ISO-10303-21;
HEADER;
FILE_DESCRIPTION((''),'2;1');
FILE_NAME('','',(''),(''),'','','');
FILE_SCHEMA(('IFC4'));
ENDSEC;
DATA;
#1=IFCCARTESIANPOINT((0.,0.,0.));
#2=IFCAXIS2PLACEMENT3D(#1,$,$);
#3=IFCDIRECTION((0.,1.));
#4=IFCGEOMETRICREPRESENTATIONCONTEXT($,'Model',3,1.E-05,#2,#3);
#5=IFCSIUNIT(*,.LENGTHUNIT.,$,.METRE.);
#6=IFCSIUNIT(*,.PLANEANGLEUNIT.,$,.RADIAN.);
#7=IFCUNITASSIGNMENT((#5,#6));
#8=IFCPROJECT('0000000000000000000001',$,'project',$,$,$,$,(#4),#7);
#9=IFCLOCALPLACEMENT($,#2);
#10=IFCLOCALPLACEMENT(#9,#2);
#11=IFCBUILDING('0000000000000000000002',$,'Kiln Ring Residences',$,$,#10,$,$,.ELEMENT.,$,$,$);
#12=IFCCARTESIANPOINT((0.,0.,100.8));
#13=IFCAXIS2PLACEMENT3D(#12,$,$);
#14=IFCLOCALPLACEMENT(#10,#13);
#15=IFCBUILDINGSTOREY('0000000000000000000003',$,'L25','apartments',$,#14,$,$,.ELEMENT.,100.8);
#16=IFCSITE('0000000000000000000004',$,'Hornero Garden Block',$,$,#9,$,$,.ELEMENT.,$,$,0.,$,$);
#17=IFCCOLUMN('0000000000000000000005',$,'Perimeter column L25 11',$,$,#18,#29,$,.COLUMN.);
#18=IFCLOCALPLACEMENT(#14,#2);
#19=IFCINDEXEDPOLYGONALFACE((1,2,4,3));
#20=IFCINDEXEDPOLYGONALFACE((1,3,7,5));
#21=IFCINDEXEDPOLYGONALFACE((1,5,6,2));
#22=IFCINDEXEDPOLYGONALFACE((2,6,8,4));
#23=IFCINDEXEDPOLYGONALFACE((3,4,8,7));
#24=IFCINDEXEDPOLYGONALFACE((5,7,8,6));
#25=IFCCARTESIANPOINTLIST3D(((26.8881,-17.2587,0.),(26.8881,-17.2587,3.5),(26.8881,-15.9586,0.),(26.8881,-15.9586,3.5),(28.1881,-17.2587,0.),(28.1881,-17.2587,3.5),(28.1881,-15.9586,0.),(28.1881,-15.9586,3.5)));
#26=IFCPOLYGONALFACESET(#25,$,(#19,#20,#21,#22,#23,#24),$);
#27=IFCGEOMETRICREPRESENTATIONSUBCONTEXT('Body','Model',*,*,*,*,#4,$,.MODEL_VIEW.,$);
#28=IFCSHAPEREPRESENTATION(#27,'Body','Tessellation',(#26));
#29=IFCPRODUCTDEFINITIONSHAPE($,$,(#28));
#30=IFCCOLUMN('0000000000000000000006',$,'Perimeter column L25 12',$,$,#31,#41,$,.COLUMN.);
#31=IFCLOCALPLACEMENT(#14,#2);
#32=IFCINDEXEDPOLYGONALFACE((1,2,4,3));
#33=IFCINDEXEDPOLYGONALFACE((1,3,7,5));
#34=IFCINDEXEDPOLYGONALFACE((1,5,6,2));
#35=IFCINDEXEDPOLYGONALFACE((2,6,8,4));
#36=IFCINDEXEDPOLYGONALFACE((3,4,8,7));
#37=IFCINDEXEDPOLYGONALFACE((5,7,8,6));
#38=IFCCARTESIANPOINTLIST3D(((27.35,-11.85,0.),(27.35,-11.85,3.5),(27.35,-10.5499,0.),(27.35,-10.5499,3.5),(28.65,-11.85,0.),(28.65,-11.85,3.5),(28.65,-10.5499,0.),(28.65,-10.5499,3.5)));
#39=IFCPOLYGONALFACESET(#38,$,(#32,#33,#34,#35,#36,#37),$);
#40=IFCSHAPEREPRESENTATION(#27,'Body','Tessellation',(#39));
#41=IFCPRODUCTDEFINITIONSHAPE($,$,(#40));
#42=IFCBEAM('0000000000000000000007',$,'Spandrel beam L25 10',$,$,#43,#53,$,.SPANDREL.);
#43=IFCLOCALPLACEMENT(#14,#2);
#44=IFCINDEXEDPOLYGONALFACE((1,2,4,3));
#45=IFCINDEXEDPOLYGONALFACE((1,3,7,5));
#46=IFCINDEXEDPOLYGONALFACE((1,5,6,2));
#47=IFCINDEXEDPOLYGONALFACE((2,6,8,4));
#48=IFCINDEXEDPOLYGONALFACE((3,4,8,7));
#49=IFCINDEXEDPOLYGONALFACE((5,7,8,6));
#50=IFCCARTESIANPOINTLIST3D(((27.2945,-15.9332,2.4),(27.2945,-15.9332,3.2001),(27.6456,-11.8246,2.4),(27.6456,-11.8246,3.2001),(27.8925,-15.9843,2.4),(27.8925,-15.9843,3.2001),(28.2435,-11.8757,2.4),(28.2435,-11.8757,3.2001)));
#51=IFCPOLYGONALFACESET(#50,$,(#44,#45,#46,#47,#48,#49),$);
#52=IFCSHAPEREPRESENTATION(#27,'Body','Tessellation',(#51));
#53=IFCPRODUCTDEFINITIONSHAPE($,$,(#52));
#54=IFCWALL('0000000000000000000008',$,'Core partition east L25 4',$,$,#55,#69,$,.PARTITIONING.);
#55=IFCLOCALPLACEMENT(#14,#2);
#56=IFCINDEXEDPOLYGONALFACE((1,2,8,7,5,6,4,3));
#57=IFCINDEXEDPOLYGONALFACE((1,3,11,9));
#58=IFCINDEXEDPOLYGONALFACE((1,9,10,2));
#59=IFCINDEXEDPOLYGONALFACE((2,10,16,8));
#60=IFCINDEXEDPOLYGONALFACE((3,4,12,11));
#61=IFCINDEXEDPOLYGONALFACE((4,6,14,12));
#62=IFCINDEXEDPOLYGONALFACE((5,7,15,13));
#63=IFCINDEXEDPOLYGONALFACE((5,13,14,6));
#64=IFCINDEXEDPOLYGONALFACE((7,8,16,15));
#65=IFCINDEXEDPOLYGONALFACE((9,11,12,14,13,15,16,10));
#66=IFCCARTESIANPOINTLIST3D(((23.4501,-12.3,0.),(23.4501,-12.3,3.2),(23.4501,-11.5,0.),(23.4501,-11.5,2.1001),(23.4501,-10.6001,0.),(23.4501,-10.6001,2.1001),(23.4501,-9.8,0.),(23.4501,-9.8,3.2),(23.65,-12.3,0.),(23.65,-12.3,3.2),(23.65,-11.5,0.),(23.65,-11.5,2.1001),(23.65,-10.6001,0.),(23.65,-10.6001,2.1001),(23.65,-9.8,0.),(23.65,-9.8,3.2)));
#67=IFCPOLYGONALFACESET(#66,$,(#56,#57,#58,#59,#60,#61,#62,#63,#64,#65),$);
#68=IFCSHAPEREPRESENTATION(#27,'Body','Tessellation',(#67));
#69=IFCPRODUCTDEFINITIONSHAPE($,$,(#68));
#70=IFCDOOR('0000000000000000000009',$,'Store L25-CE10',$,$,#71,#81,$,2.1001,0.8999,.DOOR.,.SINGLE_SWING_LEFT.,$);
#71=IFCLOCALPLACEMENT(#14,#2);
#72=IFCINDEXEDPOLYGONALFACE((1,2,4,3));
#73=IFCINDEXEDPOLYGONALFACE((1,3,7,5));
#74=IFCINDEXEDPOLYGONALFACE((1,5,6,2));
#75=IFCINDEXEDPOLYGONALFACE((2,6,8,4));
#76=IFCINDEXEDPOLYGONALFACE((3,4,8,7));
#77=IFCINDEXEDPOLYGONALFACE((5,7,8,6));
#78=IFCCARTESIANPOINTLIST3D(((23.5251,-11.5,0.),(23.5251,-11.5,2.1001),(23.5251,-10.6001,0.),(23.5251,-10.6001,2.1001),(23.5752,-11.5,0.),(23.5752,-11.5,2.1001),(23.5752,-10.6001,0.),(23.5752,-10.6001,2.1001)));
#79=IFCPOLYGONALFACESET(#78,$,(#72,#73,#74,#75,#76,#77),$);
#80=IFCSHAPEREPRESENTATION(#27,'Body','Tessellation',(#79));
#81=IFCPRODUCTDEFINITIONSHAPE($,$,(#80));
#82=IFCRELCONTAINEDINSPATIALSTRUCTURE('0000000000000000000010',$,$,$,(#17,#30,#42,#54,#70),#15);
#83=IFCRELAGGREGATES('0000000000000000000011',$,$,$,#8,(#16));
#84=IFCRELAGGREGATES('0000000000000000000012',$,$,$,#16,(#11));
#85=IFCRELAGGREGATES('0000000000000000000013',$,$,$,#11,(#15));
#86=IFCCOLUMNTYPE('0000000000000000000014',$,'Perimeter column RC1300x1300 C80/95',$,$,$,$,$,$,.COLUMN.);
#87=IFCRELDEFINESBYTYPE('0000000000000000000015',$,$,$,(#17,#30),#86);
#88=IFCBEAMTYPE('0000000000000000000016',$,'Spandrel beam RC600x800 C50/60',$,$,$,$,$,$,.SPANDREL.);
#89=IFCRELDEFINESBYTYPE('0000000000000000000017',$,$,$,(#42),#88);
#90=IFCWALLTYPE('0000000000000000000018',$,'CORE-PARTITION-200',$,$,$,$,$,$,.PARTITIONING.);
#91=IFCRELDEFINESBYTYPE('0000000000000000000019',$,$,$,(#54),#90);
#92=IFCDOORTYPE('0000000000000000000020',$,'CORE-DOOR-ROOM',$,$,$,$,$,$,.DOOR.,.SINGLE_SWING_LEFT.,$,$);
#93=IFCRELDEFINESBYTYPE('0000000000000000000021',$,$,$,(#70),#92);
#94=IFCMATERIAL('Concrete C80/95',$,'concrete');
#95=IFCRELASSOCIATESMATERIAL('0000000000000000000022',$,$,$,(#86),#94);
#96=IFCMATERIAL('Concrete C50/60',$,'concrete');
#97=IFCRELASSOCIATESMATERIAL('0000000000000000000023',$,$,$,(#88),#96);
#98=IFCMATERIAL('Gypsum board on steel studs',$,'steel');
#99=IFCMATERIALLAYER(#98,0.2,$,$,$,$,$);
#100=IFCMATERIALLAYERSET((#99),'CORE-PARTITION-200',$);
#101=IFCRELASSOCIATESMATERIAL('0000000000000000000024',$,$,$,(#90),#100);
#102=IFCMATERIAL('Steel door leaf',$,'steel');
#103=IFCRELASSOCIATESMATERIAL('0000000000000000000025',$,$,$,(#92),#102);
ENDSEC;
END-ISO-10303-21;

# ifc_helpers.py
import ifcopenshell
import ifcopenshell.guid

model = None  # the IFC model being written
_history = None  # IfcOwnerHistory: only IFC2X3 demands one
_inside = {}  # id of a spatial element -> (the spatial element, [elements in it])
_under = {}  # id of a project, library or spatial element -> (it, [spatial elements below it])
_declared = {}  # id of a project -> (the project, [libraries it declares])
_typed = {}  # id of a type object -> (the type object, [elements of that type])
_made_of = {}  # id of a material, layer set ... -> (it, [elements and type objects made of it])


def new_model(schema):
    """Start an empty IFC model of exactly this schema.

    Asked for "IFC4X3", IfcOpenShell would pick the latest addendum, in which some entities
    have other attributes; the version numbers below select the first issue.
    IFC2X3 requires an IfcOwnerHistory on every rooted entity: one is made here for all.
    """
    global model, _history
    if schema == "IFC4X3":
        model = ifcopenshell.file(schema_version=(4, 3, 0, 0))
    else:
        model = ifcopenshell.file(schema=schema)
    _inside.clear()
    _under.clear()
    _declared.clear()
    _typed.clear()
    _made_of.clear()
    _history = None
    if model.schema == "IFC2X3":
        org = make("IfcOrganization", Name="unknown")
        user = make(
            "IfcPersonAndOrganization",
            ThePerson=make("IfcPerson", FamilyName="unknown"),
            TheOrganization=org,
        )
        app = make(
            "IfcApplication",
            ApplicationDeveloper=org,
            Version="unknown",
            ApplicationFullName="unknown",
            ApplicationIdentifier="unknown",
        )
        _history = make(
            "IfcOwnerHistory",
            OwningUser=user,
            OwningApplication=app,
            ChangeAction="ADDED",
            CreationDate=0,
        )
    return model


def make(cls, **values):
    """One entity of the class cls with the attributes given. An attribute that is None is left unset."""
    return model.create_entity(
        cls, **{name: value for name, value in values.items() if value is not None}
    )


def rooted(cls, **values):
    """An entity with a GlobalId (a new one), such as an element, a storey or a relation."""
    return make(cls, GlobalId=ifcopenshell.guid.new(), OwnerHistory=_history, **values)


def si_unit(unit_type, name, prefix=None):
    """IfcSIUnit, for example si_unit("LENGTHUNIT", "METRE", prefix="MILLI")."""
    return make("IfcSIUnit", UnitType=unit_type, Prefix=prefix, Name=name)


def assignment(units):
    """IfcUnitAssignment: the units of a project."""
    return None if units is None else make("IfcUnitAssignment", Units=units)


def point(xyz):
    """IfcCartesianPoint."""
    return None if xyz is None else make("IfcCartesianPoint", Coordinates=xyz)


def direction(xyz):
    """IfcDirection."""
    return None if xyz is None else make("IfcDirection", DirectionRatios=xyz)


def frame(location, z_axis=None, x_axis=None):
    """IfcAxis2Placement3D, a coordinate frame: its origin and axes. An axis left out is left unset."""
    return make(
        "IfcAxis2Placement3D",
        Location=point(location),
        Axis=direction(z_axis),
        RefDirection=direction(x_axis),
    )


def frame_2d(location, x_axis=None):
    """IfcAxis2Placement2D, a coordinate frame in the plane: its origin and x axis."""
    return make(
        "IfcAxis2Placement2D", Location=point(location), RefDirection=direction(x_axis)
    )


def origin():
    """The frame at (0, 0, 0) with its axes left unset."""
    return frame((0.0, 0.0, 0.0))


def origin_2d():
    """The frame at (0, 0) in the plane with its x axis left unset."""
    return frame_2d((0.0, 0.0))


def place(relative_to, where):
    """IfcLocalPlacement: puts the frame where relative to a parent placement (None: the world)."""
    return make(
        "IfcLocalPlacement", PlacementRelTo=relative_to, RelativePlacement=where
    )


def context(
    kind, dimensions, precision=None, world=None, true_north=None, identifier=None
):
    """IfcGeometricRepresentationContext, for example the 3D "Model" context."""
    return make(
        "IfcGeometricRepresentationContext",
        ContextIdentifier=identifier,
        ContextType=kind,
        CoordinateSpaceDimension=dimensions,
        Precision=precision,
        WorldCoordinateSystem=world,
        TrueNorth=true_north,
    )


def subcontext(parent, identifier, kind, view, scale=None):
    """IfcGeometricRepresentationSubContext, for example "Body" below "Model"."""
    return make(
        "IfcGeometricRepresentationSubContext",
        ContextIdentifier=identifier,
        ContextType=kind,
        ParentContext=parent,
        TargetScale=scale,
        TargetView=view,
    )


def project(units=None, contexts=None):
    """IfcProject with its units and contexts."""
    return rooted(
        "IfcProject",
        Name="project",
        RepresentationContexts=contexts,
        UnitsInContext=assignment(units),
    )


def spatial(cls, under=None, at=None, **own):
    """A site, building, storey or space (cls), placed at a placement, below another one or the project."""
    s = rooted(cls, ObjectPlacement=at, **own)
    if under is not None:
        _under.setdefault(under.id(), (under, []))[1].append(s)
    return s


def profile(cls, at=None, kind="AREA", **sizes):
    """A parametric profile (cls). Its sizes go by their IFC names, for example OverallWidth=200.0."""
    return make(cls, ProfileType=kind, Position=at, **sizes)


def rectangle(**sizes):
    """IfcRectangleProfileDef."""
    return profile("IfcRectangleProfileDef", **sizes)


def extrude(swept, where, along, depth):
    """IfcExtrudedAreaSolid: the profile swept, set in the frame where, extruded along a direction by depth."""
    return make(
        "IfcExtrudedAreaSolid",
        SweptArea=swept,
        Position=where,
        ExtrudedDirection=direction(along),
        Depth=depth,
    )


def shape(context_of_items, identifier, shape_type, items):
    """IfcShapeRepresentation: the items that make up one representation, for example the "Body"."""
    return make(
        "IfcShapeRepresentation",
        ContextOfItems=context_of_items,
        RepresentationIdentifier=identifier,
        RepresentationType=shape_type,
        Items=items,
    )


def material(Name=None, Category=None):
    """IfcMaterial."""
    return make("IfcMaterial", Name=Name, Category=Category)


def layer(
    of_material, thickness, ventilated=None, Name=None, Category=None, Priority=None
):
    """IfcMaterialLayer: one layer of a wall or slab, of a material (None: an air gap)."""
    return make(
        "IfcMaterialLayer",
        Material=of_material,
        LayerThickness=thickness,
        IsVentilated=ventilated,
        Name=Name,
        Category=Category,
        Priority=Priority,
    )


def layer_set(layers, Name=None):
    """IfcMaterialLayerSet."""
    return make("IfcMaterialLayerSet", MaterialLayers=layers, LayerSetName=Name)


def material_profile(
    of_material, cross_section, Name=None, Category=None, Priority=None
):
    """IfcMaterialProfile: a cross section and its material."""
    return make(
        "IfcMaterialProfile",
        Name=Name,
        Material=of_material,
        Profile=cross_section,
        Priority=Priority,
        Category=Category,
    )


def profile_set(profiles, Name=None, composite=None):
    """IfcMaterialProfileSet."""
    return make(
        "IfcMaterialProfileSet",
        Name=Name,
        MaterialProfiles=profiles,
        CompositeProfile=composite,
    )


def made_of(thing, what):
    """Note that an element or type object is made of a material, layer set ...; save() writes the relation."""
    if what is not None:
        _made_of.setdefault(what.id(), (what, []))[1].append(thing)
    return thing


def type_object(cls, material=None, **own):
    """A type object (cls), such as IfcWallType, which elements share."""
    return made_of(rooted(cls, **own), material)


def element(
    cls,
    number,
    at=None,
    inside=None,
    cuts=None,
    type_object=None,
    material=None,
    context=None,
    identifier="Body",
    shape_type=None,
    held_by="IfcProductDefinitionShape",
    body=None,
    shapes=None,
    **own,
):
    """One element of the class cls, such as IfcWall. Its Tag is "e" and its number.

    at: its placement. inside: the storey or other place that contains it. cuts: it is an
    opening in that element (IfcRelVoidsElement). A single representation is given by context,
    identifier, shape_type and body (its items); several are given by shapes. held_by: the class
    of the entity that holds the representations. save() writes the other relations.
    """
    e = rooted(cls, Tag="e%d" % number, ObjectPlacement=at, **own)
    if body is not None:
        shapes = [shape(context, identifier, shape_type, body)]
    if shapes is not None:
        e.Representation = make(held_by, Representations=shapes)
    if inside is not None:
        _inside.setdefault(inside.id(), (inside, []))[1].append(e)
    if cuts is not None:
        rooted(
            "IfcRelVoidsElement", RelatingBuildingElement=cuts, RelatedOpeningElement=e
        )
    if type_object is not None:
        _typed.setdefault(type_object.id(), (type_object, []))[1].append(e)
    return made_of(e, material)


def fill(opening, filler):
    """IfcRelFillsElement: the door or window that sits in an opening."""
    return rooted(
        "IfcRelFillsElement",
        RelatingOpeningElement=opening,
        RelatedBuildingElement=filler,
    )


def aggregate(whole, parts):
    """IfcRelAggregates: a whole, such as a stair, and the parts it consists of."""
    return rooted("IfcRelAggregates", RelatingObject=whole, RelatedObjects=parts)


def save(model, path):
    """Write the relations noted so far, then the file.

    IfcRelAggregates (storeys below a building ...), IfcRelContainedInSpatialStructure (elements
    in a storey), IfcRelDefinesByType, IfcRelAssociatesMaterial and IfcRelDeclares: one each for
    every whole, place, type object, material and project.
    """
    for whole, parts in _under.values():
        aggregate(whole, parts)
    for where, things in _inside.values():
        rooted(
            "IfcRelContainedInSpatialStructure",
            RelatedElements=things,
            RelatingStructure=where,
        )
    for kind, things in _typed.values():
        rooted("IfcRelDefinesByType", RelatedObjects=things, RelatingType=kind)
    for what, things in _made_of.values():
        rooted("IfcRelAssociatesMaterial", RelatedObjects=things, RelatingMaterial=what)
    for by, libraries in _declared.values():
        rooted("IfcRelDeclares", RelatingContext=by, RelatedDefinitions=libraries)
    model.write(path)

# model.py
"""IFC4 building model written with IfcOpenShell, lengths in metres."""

from ifc_helpers import new_model, si_unit, direction, frame, frame_2d, origin, origin_2d, place, context, subcontext, project, spatial, rectangle, extrude, material, layer, layer_set, material_profile, profile_set, type_object, element, fill, save


model = new_model("IFC4")

# Units and contexts
model_context = context("Model", 3, precision=1e-05, world=origin(), true_north=direction((0.0, 1.0)))
body_context = subcontext(model_context, "Body", "Model", "MODEL_VIEW")
ifc_project = project(units=[si_unit("LENGTHUNIT", "METRE"), si_unit("PLANEANGLEUNIT", "RADIAN")], contexts=[model_context])

# Site, building, storey
site_placement = place(None, origin())
site = spatial("IfcSite", under=ifc_project, at=site_placement, Name="Hornero Garden Block", CompositionType="ELEMENT", RefElevation=0.0)
building_placement = place(site_placement, origin())
building = spatial("IfcBuilding", under=site, at=building_placement, Name="Kiln Ring Residences", CompositionType="ELEMENT")
storey_placement = place(building_placement, frame((0.0, 0.0, 100.8)))
storey = spatial("IfcBuildingStorey", under=building, at=storey_placement, Name="L25", Description="apartments", CompositionType="ELEMENT", Elevation=100.8)

# Columns
ifc_material_1 = material(Name="Concrete C80/95", Category="concrete")
ifc_material_profile_1 = material_profile(ifc_material_1, rectangle(XDim=1.3, YDim=1.3, at=origin_2d()), Name="RC1300x1300")
ifc_profile_set_1 = profile_set([ifc_material_profile_1], Name="Concrete C80/95")
column_type = type_object("IfcColumnType", Name="Perimeter column RC1300x1300 C80/95", PredefinedType="COLUMN", material=ifc_profile_set_1)
for number, where, z_axis, x_axis, name in (
    (1, (27.5381, -16.6086, 0.0), (0.0, 0.0, 1.0), (1.0, 0.0, 0.0), "Perimeter column L25 11"),
    (2, (28.0, -11.2, 0.0), (0.0, 0.0, 1.0), (1.0, 0.0, 0.0), "Perimeter column L25 12"),
):
    element("IfcColumn", number, at=place(storey_placement, frame(where, z_axis=z_axis, x_axis=x_axis)), inside=storey, type_object=column_type, Name=name, PredefinedType="COLUMN", context=body_context, shape_type="SweptSolid", body=[
        extrude(rectangle(XDim=1.3, YDim=1.3, at=origin_2d()), origin(), (0.0, 0.0, 1.0), 3.5),
    ])

# Beam
ifc_material_2 = material(Name="Concrete C50/60", Category="concrete")
ifc_material_profile_2 = material_profile(ifc_material_2, rectangle(XDim=0.6001, YDim=0.8, at=origin_2d()), Name="RC600x800")
ifc_profile_set_2 = profile_set([ifc_material_profile_2], Name="Concrete C50/60")
beam_type = type_object("IfcBeamType", Name="Spandrel beam RC600x800 C50/60", PredefinedType="SPANDREL", material=ifc_profile_set_2)
beam_placement = place(storey_placement, frame((27.5935, -15.9587, 2.8), z_axis=(0.085137, 0.996369, 0.0), x_axis=(-0.996369, 0.085137, 0.0)))
element("IfcBeam", 3, at=beam_placement, inside=storey, type_object=beam_type, Name="Spandrel beam L25 10", PredefinedType="SPANDREL", context=body_context, shape_type="SweptSolid", body=[
    extrude(rectangle(XDim=0.6001, YDim=0.8, at=origin_2d()), origin(), (0.0, 0.0, 1.0), 4.1235),
])

# Wall, opening, door
ifc_material_3 = material(Name="Gypsum board on steel studs", Category="steel")
ifc_layer_1 = layer(ifc_material_3, 0.2)
ifc_layer_set_1 = layer_set([ifc_layer_1], Name="CORE-PARTITION-200")
wall_type_1 = type_object("IfcWallType", Name="CORE-PARTITION-200", PredefinedType="PARTITIONING", material=ifc_layer_set_1)
wall_1_placement = place(storey_placement, frame((23.55, -12.3, 0.0), z_axis=(0.0, 0.0, 1.0), x_axis=(0.0, 1.0, 0.0)))
wall_1 = element("IfcWall", 4, at=wall_1_placement, inside=storey, type_object=wall_type_1, Name="Core partition east L25 4", PredefinedType="PARTITIONING", context=body_context, shape_type="SweptSolid", body=[
    extrude(rectangle(XDim=2.5, YDim=0.2, at=frame_2d((1.25, 0.0))), origin(), (0.0, 0.0, 1.0), 3.2),
])
opening_1_placement = place(wall_1_placement, frame((0.8, 0.0, 0.0)))
opening_1 = element("IfcOpeningElement", 5, at=opening_1_placement, cuts=wall_1, PredefinedType="OPENING", context=body_context, shape_type="SweptSolid", body=[
    extrude(rectangle(XDim=0.8999, YDim=2.1001, at=frame_2d((0.45, 1.05))), frame((0.0, 0.1099, 0.0), z_axis=(0.0, -1.0, 0.0), x_axis=(1.0, 0.0, 0.0)), (0.0, 0.0, 1.0), 0.22),
])
ifc_material_4 = material(Name="Steel door leaf", Category="steel")
door_type_1 = type_object("IfcDoorType", Name="CORE-DOOR-ROOM", OperationType="SINGLE_SWING_LEFT", PredefinedType="DOOR", material=ifc_material_4)
door_1_placement = place(opening_1_placement, origin())
door_1 = element("IfcDoor", 6, at=door_1_placement, inside=storey, type_object=door_type_1, Name="Store L25-CE10", OperationType="SINGLE_SWING_LEFT", OverallHeight=2.1001, OverallWidth=0.8999, PredefinedType="DOOR", context=body_context, shape_type="SweptSolid", body=[
    extrude(rectangle(XDim=0.8999, YDim=2.1001, at=frame_2d((0.45, 1.05))), frame((0.0, 0.0249, 0.0), z_axis=(0.0, -1.0, 0.0), x_axis=(1.0, 0.0, 0.0)), (0.0, 0.0, 1.0), 0.05),
])
fill(opening_1, door_1)

save(model, "model.ifc")
